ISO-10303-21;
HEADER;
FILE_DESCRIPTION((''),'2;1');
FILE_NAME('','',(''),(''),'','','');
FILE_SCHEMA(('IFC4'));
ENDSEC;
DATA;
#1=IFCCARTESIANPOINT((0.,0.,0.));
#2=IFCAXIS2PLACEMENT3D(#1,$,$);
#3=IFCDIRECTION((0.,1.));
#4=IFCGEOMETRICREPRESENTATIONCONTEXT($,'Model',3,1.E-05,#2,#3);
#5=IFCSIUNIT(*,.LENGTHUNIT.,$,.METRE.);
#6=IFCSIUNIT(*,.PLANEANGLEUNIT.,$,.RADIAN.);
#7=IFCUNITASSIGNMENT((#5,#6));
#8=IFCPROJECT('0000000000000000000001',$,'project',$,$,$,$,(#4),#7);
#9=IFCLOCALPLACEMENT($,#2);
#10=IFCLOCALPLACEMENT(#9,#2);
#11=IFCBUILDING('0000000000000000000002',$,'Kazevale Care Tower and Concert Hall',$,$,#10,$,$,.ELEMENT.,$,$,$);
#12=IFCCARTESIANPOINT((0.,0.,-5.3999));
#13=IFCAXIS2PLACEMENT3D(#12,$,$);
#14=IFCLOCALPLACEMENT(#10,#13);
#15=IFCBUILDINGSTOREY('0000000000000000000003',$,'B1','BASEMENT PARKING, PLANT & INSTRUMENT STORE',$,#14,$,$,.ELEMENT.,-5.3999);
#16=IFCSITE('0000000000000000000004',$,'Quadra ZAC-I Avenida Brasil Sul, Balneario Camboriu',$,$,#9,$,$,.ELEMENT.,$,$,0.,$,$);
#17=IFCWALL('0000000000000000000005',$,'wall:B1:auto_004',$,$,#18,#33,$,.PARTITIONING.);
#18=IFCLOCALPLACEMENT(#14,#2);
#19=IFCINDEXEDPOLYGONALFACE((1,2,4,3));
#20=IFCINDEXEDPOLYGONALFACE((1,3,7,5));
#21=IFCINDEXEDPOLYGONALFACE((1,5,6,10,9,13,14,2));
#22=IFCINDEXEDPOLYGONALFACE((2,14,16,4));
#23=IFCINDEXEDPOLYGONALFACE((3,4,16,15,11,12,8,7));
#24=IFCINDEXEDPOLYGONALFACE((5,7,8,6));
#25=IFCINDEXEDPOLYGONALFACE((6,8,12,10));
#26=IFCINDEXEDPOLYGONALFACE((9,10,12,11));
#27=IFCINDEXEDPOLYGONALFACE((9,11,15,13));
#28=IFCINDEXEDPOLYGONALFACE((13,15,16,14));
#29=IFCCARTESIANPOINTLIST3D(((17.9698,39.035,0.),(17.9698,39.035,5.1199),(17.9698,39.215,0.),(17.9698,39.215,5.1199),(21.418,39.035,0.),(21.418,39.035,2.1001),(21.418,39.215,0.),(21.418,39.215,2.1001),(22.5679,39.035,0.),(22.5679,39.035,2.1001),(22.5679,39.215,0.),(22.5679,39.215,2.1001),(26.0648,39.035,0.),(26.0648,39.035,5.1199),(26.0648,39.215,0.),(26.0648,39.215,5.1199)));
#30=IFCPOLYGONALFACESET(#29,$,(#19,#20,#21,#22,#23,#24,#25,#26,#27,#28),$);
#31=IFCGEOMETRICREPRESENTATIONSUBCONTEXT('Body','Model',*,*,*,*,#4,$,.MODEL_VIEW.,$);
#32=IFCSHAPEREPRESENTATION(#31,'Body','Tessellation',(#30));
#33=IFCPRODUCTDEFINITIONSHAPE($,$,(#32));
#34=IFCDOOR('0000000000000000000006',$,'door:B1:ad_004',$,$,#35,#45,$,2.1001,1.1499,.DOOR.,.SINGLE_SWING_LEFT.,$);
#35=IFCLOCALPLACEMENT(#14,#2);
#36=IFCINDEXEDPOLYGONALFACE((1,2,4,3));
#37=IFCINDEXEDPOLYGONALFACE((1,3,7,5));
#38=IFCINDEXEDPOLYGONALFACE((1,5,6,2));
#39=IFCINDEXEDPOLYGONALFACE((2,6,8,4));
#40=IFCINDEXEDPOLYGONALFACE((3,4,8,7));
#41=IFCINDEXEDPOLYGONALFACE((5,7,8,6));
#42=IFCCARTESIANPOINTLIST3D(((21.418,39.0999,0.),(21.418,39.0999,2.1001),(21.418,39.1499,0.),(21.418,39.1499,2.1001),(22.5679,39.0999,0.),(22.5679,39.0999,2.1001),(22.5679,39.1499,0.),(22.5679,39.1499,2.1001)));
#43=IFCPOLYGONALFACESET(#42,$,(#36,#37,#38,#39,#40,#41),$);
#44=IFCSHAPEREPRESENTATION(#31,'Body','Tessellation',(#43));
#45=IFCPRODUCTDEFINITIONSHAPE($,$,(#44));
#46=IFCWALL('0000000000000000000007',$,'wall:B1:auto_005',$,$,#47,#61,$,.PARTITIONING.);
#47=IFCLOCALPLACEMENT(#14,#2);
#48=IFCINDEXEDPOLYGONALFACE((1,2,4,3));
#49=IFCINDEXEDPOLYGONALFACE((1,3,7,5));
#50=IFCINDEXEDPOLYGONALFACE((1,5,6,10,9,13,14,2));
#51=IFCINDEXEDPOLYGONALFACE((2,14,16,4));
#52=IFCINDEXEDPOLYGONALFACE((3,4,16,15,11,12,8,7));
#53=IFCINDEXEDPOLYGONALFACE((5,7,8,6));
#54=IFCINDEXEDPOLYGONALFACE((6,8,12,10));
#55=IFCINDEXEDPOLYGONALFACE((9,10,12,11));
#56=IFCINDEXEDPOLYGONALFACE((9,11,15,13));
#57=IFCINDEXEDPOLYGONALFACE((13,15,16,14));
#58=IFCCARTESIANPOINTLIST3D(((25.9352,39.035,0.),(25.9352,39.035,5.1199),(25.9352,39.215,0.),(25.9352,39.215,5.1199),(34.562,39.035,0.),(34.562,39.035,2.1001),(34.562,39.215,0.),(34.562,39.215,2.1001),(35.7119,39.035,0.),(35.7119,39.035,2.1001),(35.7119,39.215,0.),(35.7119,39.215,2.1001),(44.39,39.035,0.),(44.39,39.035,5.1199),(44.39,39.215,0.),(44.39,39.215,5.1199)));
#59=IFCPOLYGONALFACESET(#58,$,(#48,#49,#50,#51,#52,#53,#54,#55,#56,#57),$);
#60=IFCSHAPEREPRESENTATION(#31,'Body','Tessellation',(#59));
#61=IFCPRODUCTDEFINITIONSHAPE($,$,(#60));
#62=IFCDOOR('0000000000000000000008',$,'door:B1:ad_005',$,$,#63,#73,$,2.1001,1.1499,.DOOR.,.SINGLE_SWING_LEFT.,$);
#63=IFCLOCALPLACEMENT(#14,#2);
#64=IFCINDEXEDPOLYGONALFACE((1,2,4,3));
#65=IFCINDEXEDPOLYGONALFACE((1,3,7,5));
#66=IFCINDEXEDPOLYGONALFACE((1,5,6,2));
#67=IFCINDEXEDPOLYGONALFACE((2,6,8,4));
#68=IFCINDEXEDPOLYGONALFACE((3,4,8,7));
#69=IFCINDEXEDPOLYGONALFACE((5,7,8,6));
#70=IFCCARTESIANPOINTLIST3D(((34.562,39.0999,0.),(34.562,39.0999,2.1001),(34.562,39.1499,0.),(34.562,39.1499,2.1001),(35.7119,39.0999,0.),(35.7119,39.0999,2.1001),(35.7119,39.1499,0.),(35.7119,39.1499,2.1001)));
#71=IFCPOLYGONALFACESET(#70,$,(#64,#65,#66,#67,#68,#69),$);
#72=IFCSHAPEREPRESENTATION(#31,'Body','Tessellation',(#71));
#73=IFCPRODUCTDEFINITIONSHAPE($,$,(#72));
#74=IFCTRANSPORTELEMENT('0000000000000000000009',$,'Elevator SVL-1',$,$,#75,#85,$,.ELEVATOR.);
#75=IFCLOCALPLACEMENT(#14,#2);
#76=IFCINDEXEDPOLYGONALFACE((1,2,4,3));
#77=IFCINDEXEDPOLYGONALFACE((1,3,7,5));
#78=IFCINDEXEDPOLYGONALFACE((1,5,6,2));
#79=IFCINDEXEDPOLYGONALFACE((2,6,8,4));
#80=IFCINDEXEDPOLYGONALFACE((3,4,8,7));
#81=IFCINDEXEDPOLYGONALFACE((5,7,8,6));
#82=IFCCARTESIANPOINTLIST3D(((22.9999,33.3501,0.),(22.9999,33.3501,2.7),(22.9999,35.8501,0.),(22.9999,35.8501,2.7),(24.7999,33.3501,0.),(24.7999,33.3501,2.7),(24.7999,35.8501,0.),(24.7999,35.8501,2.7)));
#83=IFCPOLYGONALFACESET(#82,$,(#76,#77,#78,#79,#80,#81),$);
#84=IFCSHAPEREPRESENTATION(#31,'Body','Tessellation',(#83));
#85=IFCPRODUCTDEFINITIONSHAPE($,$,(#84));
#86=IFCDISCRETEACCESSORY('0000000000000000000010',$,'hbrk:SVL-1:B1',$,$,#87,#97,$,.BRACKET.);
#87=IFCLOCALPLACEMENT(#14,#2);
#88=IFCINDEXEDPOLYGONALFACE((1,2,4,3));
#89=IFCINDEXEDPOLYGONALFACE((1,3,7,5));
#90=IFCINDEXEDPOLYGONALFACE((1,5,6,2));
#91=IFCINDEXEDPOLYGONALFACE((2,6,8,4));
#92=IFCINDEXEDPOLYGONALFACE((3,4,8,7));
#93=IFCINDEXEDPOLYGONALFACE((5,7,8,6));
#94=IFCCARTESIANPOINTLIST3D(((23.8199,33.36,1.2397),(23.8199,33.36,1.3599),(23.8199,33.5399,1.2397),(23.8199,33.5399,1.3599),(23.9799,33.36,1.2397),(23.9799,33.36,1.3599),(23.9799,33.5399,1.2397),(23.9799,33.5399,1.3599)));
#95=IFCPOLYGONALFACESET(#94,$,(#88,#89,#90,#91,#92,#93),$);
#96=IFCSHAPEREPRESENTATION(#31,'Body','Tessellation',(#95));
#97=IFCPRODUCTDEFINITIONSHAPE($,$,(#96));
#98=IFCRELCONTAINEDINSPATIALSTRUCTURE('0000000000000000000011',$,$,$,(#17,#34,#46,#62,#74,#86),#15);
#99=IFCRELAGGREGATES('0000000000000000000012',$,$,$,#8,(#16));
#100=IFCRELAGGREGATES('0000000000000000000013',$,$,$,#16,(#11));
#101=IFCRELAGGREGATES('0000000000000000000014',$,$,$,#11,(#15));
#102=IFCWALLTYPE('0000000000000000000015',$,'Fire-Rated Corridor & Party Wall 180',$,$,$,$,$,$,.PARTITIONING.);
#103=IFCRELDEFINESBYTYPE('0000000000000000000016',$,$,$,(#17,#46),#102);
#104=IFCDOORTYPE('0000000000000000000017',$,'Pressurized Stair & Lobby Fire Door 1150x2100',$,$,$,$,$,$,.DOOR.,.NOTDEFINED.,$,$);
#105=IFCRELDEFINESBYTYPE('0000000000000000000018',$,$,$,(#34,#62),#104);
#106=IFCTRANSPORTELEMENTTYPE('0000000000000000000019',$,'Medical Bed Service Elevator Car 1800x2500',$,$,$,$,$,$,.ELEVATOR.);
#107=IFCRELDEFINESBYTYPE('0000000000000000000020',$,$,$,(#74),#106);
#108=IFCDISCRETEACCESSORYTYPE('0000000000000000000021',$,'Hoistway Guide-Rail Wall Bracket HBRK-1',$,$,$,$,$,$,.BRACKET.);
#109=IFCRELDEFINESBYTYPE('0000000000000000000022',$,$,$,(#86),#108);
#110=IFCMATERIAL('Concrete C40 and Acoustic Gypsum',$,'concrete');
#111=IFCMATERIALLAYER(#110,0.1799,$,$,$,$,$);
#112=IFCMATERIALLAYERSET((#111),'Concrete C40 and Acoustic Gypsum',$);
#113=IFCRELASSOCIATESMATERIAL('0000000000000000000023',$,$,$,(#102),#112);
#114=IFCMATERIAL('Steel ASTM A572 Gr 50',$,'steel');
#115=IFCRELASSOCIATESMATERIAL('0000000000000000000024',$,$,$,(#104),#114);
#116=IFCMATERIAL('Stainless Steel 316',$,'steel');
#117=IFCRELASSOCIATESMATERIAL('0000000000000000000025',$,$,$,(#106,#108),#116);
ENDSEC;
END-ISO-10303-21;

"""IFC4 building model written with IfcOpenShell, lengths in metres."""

from ifc_helpers import new_model, si_unit, direction, frame, frame_2d, origin, origin_2d, place, context, subcontext, project, spatial, rectangle, extrude, material, layer, layer_set, type_object, element, fill, save


model = new_model("IFC4")

# Units and contexts
model_context = context("Model", 3, precision=1e-05, world=origin(), true_north=direction((0.0, 1.0)))
body_context = subcontext(model_context, "Body", "Model", "MODEL_VIEW")
ifc_project = project(units=[si_unit("LENGTHUNIT", "METRE"), si_unit("PLANEANGLEUNIT", "RADIAN")], contexts=[model_context])

# Site, building, storey
site_placement = place(None, origin())
site = spatial("IfcSite", under=ifc_project, at=site_placement, Name="Quadra ZAC-I Avenida Brasil Sul, Balneario Camboriu", CompositionType="ELEMENT", RefElevation=0.0)
building_placement = place(site_placement, origin())
building = spatial("IfcBuilding", under=site, at=building_placement, Name="Kazevale Care Tower and Concert Hall", CompositionType="ELEMENT")
storey_placement = place(building_placement, frame((0.0, 0.0, -5.3999)))
storey = spatial("IfcBuildingStorey", under=building, at=storey_placement, Name="B1", Description="BASEMENT PARKING, PLANT & INSTRUMENT STORE", CompositionType="ELEMENT", Elevation=-5.3999)

# Shared definitions
ifc_material_1 = material(Name="Steel ASTM A572 Gr 50", Category="steel")

# Walls, openings, doors
ifc_material_2 = material(Name="Stainless Steel 316", Category="steel")
ifc_material_3 = material(Name="Concrete C40 and Acoustic Gypsum", Category="concrete")
ifc_layer_1 = layer(ifc_material_3, 0.1799)
ifc_layer_set_1 = layer_set([ifc_layer_1], Name="Concrete C40 and Acoustic Gypsum")
wall_type_1 = type_object("IfcWallType", Name="Fire-Rated Corridor & Party Wall 180", PredefinedType="PARTITIONING", material=ifc_layer_set_1)
wall_1_placement = place(storey_placement, frame((17.97, 39.125, 0.0), z_axis=(0.0, 0.0, 1.0), x_axis=(1.0, 0.0, 0.0)))
wall_1 = element("IfcWall", 1, at=wall_1_placement, inside=storey, type_object=wall_type_1, Name="wall:B1:auto_004", PredefinedType="PARTITIONING", context=body_context, shape_type="SweptSolid", body=[
    extrude(rectangle(XDim=8.095, YDim=0.1799, at=frame_2d((4.0474, 0.0))), origin(), (0.0, 0.0, 1.0), 5.1199),
])
opening_1_placement = place(wall_1_placement, frame((3.448, 0.0, 0.0)))
opening_1 = element("IfcOpeningElement", 2, at=opening_1_placement, cuts=wall_1, PredefinedType="OPENING", context=body_context, shape_type="SweptSolid", body=[
    extrude(rectangle(XDim=1.1499, YDim=2.1001, at=frame_2d((0.575, 1.05))), frame((0.0, 0.0999, 0.0), z_axis=(0.0, -1.0, 0.0), x_axis=(1.0, 0.0, 0.0)), (0.0, 0.0, 1.0), 0.2),
])
door_type_1 = type_object("IfcDoorType", Name="Pressurized Stair & Lobby Fire Door 1150x2100", OperationType="NOTDEFINED", PredefinedType="DOOR", material=ifc_material_1)
door_1_placement = place(opening_1_placement, origin())
door_1 = element("IfcDoor", 3, at=door_1_placement, inside=storey, type_object=door_type_1, Name="door:B1:ad_004", OperationType="SINGLE_SWING_LEFT", OverallHeight=2.1001, OverallWidth=1.1499, PredefinedType="DOOR", context=body_context, shape_type="SweptSolid", body=[
    extrude(rectangle(XDim=1.1499, YDim=2.1001, at=frame_2d((0.575, 1.05))), frame((0.0, 0.0249, 0.0), z_axis=(0.0, -1.0, 0.0), x_axis=(1.0, 0.0, 0.0)), (0.0, 0.0, 1.0), 0.05),
])
fill(opening_1, door_1)
wall_2_placement = place(storey_placement, frame((25.9351, 39.125, 0.0), z_axis=(0.0, 0.0, 1.0), x_axis=(1.0, 0.0, 0.0)))
wall_2 = element("IfcWall", 4, at=wall_2_placement, inside=storey, type_object=wall_type_1, Name="wall:B1:auto_005", PredefinedType="PARTITIONING", context=body_context, shape_type="SweptSolid", body=[
    extrude(rectangle(XDim=18.4548, YDim=0.1799, at=frame_2d((9.2275, 0.0))), origin(), (0.0, 0.0, 1.0), 5.1199),
])
opening_2_placement = place(wall_2_placement, frame((8.627, 0.0, 0.0)))
opening_2 = element("IfcOpeningElement", 5, at=opening_2_placement, cuts=wall_2, PredefinedType="OPENING", context=body_context, shape_type="SweptSolid", body=[
    extrude(rectangle(XDim=1.1499, YDim=2.1001, at=frame_2d((0.575, 1.05))), frame((0.0, 0.0999, 0.0), z_axis=(0.0, -1.0, 0.0), x_axis=(1.0, 0.0, 0.0)), (0.0, 0.0, 1.0), 0.2),
])
door_2_placement = place(opening_2_placement, origin())
door_2 = element("IfcDoor", 6, at=door_2_placement, inside=storey, type_object=door_type_1, Name="door:B1:ad_005", OperationType="SINGLE_SWING_LEFT", OverallHeight=2.1001, OverallWidth=1.1499, PredefinedType="DOOR", context=body_context, shape_type="SweptSolid", body=[
    extrude(rectangle(XDim=1.1499, YDim=2.1001, at=frame_2d((0.575, 1.05))), frame((0.0, 0.0249, 0.0), z_axis=(0.0, -1.0, 0.0), x_axis=(1.0, 0.0, 0.0)), (0.0, 0.0, 1.0), 0.05),
])
fill(opening_2, door_2)

# Transport element
transport_element_type = type_object("IfcTransportElementType", Name="Medical Bed Service Elevator Car 1800x2500", PredefinedType="ELEVATOR", material=ifc_material_2)
transport_element_placement = place(storey_placement, frame((23.8999, 34.6001, 0.0), z_axis=(0.0, 0.0, 1.0), x_axis=(1.0, 0.0, 0.0)))
element("IfcTransportElement", 7, at=transport_element_placement, inside=storey, type_object=transport_element_type, Name="Elevator SVL-1", PredefinedType="ELEVATOR", context=body_context, shape_type="SweptSolid", body=[
    extrude(rectangle(XDim=1.8, YDim=2.5, at=origin_2d()), origin(), (0.0, 0.0, 1.0), 2.7),
])

# Discrete accessory
discrete_accessory_type = type_object("IfcDiscreteAccessoryType", Name="Hoistway Guide-Rail Wall Bracket HBRK-1", PredefinedType="BRACKET", material=ifc_material_2)
discrete_accessory_placement = place(storey_placement, frame((23.8999, 33.45, 1.2397), z_axis=(0.0, 0.0, 1.0), x_axis=(1.0, 0.0, 0.0)))
element("IfcDiscreteAccessory", 8, at=discrete_accessory_placement, inside=storey, type_object=discrete_accessory_type, Name="hbrk:SVL-1:B1", PredefinedType="BRACKET", context=body_context, shape_type="SweptSolid", body=[
    extrude(rectangle(XDim=0.1599, YDim=0.1799, at=origin_2d()), origin(), (0.0, 0.0, 1.0), 0.1201),
])

save(model, "model.ifc")
